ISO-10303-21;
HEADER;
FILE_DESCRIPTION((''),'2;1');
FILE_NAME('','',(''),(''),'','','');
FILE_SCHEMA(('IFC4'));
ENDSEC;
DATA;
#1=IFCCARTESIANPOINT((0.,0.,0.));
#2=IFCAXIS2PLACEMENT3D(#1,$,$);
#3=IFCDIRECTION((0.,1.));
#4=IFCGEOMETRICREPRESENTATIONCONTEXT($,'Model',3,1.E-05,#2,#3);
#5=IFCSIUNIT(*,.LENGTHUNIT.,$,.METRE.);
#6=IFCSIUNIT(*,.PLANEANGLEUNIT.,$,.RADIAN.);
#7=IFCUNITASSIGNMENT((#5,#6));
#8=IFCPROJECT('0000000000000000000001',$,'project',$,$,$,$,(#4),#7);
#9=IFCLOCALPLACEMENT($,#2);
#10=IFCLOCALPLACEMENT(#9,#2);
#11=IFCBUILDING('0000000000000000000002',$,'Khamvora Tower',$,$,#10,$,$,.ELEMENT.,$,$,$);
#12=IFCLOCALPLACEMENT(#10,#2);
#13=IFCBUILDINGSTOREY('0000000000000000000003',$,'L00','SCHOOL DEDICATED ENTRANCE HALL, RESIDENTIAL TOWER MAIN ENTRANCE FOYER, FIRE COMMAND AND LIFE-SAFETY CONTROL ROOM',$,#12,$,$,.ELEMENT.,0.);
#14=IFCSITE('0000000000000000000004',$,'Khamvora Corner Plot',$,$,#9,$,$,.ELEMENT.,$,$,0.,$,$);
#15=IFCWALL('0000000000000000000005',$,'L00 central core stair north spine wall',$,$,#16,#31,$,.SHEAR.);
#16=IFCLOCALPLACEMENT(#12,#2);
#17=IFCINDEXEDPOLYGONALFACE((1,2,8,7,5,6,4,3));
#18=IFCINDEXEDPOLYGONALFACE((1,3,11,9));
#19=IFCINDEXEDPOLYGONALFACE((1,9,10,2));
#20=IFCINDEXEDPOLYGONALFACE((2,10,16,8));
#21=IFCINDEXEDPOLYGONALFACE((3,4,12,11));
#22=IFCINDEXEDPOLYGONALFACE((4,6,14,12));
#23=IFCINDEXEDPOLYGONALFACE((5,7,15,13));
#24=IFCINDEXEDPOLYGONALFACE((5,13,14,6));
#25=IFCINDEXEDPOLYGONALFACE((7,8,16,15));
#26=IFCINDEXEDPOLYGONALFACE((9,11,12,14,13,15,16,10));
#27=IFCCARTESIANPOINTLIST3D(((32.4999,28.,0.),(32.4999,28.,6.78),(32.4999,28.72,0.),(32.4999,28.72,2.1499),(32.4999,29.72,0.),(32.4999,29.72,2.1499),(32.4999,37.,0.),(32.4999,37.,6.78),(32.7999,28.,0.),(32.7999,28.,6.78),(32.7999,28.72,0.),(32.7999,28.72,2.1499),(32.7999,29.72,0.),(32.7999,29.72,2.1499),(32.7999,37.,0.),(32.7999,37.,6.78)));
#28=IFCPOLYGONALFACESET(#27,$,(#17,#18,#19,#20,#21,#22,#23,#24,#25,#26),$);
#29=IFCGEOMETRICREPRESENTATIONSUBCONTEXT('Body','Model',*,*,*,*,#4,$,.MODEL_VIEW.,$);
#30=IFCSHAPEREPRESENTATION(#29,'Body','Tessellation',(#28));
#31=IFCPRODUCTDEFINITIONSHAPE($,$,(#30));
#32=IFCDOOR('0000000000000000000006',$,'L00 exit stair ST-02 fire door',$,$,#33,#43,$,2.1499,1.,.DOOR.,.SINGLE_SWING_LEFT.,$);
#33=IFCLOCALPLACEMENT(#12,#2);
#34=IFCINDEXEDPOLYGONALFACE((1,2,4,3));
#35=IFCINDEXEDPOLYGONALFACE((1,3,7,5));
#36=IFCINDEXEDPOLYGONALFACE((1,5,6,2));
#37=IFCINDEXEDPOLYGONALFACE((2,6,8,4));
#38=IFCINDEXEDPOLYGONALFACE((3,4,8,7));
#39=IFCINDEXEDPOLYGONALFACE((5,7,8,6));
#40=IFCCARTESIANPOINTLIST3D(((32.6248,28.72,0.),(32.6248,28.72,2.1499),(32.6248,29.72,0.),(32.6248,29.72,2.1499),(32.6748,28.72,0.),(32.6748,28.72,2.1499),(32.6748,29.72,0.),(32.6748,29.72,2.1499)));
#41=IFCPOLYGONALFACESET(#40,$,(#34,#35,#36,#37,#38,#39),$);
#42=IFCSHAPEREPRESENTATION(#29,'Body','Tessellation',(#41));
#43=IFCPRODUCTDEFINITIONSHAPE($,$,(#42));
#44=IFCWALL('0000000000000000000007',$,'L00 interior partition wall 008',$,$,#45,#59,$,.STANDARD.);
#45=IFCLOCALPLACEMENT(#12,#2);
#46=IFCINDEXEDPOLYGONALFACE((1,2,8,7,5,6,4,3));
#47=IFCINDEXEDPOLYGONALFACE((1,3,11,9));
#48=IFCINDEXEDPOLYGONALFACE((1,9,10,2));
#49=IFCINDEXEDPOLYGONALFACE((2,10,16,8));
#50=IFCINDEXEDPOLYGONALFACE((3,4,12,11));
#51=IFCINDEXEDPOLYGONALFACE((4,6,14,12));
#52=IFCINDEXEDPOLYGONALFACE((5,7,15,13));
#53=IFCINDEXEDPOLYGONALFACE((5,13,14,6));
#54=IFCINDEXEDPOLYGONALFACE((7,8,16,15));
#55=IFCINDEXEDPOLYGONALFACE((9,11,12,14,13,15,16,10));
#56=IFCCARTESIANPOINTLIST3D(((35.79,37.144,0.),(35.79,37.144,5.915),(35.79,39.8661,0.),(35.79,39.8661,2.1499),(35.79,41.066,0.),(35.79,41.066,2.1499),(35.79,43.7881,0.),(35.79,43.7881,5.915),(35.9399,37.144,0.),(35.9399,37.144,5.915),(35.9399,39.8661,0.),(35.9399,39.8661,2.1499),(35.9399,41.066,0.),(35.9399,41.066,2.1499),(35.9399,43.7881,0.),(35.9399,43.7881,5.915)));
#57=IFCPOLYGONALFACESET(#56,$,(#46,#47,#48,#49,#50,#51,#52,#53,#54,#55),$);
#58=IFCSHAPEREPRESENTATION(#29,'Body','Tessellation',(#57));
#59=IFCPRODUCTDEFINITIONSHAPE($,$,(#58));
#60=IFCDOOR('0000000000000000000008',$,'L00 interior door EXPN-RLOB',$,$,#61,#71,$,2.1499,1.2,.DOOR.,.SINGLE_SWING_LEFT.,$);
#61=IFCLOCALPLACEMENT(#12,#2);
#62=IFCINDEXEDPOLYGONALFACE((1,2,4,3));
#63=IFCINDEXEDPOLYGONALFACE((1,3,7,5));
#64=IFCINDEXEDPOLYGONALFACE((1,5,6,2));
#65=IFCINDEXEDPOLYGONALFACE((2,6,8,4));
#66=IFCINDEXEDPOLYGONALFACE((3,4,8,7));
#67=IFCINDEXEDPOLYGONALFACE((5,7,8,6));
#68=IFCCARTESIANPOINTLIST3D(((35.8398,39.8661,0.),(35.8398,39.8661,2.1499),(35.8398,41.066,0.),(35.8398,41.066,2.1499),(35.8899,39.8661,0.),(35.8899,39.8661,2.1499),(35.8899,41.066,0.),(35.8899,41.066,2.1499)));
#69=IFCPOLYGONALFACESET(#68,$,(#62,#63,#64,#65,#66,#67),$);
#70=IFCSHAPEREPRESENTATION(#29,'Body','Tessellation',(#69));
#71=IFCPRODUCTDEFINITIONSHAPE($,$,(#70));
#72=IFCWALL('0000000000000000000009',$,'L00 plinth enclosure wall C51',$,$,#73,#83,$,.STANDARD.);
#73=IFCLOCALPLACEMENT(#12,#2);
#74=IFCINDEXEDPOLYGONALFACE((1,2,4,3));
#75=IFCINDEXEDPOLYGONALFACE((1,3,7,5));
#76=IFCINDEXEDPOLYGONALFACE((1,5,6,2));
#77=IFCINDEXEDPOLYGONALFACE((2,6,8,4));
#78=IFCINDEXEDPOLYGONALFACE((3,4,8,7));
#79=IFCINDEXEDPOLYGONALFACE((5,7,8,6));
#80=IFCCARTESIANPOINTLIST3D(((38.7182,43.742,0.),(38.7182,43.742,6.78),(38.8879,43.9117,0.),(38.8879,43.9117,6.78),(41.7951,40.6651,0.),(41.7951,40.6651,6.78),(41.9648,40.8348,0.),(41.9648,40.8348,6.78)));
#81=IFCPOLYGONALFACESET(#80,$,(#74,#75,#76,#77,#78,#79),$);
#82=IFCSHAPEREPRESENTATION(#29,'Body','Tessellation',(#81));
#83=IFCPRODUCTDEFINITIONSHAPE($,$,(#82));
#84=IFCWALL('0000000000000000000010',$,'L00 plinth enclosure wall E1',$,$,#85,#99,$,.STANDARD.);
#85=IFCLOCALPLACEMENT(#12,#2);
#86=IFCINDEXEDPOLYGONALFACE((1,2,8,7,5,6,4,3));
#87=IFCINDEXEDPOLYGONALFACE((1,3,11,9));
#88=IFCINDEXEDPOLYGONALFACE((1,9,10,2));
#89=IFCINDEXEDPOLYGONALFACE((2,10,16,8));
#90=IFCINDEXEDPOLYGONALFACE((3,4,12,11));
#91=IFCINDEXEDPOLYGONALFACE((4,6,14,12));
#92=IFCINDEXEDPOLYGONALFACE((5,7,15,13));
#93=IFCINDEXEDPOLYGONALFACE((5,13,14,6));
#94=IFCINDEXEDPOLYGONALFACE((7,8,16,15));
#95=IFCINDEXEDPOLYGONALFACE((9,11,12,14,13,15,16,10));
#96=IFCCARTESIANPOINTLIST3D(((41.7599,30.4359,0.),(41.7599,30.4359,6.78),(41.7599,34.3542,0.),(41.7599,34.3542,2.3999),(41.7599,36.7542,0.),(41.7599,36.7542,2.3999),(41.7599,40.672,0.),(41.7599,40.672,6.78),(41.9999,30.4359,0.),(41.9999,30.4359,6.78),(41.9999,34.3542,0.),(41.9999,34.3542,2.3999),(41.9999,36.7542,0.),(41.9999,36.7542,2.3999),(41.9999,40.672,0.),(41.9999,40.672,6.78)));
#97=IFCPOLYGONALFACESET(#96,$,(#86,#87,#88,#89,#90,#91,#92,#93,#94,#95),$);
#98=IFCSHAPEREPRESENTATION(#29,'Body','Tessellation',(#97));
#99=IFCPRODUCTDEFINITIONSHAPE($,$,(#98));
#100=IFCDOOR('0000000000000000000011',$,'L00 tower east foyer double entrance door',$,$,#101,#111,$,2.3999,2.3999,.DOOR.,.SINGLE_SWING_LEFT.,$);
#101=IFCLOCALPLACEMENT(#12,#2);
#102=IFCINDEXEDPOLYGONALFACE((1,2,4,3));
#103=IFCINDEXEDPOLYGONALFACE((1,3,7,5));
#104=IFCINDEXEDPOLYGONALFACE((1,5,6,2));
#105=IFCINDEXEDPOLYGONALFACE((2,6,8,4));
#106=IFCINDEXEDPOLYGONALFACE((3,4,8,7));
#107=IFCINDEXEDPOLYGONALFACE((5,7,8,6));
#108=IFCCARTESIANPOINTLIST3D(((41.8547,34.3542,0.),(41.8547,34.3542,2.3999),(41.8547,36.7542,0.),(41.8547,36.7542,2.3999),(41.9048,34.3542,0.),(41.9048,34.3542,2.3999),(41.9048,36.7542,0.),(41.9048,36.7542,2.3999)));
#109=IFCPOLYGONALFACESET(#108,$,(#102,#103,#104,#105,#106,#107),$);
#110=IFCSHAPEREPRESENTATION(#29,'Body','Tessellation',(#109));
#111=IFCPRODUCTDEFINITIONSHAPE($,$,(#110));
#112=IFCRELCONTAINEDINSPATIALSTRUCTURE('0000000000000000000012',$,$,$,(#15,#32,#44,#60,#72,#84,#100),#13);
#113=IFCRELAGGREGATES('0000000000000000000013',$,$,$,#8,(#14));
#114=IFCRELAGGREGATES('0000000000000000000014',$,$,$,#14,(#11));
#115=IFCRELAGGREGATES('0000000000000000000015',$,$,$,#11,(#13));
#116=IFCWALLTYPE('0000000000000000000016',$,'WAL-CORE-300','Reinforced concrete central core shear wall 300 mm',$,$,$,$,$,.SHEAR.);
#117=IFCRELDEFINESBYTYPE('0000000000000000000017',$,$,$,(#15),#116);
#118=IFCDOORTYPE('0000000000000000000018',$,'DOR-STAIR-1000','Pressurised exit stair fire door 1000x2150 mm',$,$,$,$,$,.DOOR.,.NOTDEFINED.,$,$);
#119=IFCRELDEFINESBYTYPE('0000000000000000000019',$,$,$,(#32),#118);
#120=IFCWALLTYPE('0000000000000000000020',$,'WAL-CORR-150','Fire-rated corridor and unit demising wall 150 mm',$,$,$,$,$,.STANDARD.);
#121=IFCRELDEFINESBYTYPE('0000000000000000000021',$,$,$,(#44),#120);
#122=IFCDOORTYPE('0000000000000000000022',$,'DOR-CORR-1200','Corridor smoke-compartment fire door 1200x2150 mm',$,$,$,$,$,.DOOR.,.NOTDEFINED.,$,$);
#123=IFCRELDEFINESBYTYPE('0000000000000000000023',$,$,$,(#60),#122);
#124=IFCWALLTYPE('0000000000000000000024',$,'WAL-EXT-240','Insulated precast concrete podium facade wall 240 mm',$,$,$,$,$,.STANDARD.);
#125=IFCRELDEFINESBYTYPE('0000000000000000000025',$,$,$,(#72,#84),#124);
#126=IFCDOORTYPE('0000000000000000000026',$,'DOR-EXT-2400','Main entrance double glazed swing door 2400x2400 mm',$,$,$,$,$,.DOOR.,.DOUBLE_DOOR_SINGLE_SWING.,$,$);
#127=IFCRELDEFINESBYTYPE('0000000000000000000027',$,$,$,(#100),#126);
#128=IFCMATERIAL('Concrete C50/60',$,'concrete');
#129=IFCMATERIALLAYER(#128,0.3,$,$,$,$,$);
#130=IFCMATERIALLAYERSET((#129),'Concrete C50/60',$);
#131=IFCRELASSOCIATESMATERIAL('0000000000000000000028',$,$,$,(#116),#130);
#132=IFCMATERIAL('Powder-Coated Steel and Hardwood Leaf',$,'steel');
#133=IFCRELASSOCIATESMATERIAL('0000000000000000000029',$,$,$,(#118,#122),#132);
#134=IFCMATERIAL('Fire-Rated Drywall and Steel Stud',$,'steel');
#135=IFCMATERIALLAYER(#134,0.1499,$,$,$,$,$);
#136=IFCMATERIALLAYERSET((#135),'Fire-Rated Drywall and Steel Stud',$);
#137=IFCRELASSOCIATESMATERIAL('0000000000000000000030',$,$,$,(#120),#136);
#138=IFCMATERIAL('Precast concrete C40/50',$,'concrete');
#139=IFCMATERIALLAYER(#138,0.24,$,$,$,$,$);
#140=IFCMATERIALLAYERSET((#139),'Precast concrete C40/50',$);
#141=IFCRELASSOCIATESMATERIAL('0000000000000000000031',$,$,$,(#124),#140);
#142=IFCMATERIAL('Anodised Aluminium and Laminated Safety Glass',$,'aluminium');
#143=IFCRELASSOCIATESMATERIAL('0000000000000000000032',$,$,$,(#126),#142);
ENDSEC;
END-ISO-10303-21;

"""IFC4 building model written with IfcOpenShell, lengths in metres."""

from ifc_helpers import new_model, si_unit, direction, frame, frame_2d, origin, place, context, subcontext, project, spatial, rectangle, extrude, material, layer, layer_set, type_object, element, fill, save


model = new_model("IFC4")

# Units and contexts
model_context = context("Model", 3, precision=1e-05, world=origin(), true_north=direction((0.0, 1.0)))
body_context = subcontext(model_context, "Body", "Model", "MODEL_VIEW")
ifc_project = project(units=[si_unit("LENGTHUNIT", "METRE"), si_unit("PLANEANGLEUNIT", "RADIAN")], contexts=[model_context])

# Site, building, storey
site_placement = place(None, origin())
site = spatial("IfcSite", under=ifc_project, at=site_placement, Name="Khamvora Corner Plot", CompositionType="ELEMENT", RefElevation=0.0)
building_placement = place(site_placement, origin())
building = spatial("IfcBuilding", under=site, at=building_placement, Name="Khamvora Tower", CompositionType="ELEMENT")
storey_placement = place(building_placement, origin())
storey = spatial("IfcBuildingStorey", under=building, at=storey_placement, Name="L00", Description="SCHOOL DEDICATED ENTRANCE HALL, RESIDENTIAL TOWER MAIN ENTRANCE FOYER, FIRE COMMAND AND LIFE-SAFETY CONTROL ROOM", CompositionType="ELEMENT", Elevation=0.0)

# Walls, openings, doors
ifc_material_1 = material(Name="Concrete C50/60", Category="concrete")
ifc_layer_1 = layer(ifc_material_1, 0.3)
ifc_layer_set_1 = layer_set([ifc_layer_1], Name="Concrete C50/60")
wall_type_1 = type_object("IfcWallType", Name="WAL-CORE-300", Description="Reinforced concrete central core shear wall 300 mm", PredefinedType="SHEAR", material=ifc_layer_set_1)
wall_1_placement = place(storey_placement, frame((32.6499, 37.0, 0.0), z_axis=(0.0, 0.0, 1.0), x_axis=(0.0, -1.0, 0.0)))
wall_1 = element("IfcWall", 1, at=wall_1_placement, inside=storey, type_object=wall_type_1, Name="L00 central core stair north spine wall", PredefinedType="SHEAR", context=body_context, shape_type="SweptSolid", body=[
    extrude(rectangle(XDim=9.0, YDim=0.3, at=frame_2d((4.5, 0.0))), origin(), (0.0, 0.0, 1.0), 6.78),
])
opening_1_placement = place(wall_1_placement, frame((7.28, 0.0, 0.0)))
opening_1 = element("IfcOpeningElement", 2, at=opening_1_placement, cuts=wall_1, PredefinedType="OPENING", context=body_context, shape_type="SweptSolid", body=[
    extrude(rectangle(XDim=1.0, YDim=2.1499, at=frame_2d((0.5, 1.075))), frame((0.0, 0.1599, 0.0), z_axis=(0.0, -1.0, 0.0), x_axis=(1.0, 0.0, 0.0)), (0.0, 0.0, 1.0), 0.3201),
])
ifc_material_2 = material(Name="Powder-Coated Steel and Hardwood Leaf", Category="steel")
door_type_1 = type_object("IfcDoorType", Name="DOR-STAIR-1000", Description="Pressurised exit stair fire door 1000x2150 mm", OperationType="NOTDEFINED", PredefinedType="DOOR", material=ifc_material_2)
door_1_placement = place(opening_1_placement, origin())
door_1 = element("IfcDoor", 3, at=door_1_placement, inside=storey, type_object=door_type_1, Name="L00 exit stair ST-02 fire door", OperationType="SINGLE_SWING_LEFT", OverallHeight=2.1499, OverallWidth=1.0, PredefinedType="DOOR", context=body_context, shape_type="SweptSolid", body=[
    extrude(rectangle(XDim=1.0, YDim=2.1499, at=frame_2d((0.5, 1.075))), frame((0.0, 0.0249, 0.0), z_axis=(0.0, -1.0, 0.0), x_axis=(1.0, 0.0, 0.0)), (0.0, 0.0, 1.0), 0.05),
])
fill(opening_1, door_1)
ifc_material_3 = material(Name="Fire-Rated Drywall and Steel Stud", Category="steel")
ifc_layer_2 = layer(ifc_material_3, 0.1499)
ifc_layer_set_2 = layer_set([ifc_layer_2], Name="Fire-Rated Drywall and Steel Stud")
wall_type_2 = type_object("IfcWallType", Name="WAL-CORR-150", Description="Fire-rated corridor and unit demising wall 150 mm", PredefinedType="STANDARD", material=ifc_layer_set_2)
wall_2_placement = place(storey_placement, frame((35.865, 43.7881, 0.0), z_axis=(0.0, 0.0, 1.0), x_axis=(0.0, -1.0, 0.0)))
wall_2 = element("IfcWall", 4, at=wall_2_placement, inside=storey, type_object=wall_type_2, Name="L00 interior partition wall 008", PredefinedType="STANDARD", context=body_context, shape_type="SweptSolid", body=[
    extrude(rectangle(XDim=6.644, YDim=0.1499, at=frame_2d((3.322, 0.0))), origin(), (0.0, 0.0, 1.0), 5.915),
])
opening_2_placement = place(wall_2_placement, frame((2.7219, 0.0, 0.0)))
opening_2 = element("IfcOpeningElement", 5, at=opening_2_placement, cuts=wall_2, PredefinedType="OPENING", context=body_context, shape_type="SweptSolid", body=[
    extrude(rectangle(XDim=1.2, YDim=2.1499, at=frame_2d((0.6001, 1.075))), frame((0.0, 0.085, 0.0), z_axis=(0.0, -1.0, 0.0), x_axis=(1.0, 0.0, 0.0)), (0.0, 0.0, 1.0), 0.1699),
])
door_type_2 = type_object("IfcDoorType", Name="DOR-CORR-1200", Description="Corridor smoke-compartment fire door 1200x2150 mm", OperationType="NOTDEFINED", PredefinedType="DOOR", material=ifc_material_2)
door_2_placement = place(opening_2_placement, origin())
door_2 = element("IfcDoor", 6, at=door_2_placement, inside=storey, type_object=door_type_2, Name="L00 interior door EXPN-RLOB", OperationType="SINGLE_SWING_LEFT", OverallHeight=2.1499, OverallWidth=1.2, PredefinedType="DOOR", context=body_context, shape_type="SweptSolid", body=[
    extrude(rectangle(XDim=1.2, YDim=2.1499, at=frame_2d((0.6001, 1.075))), frame((0.0, 0.0249, 0.0), z_axis=(0.0, -1.0, 0.0), x_axis=(1.0, 0.0, 0.0)), (0.0, 0.0, 1.0), 0.05),
])
fill(opening_2, door_2)

# Wall
ifc_material_4 = material(Name="Precast concrete C40/50", Category="concrete")
ifc_layer_3 = layer(ifc_material_4, 0.24)
ifc_layer_set_3 = layer_set([ifc_layer_3], Name="Precast concrete C40/50")
wall_type_3 = type_object("IfcWallType", Name="WAL-EXT-240", Description="Insulated precast concrete podium facade wall 240 mm", PredefinedType="STANDARD", material=ifc_layer_set_3)
wall_3_placement = place(storey_placement, frame((38.803, 43.8269, 0.0), z_axis=(0.0, 0.0, 1.0), x_axis=(0.707107, -0.707107, 0.0)))
element("IfcWall", 7, at=wall_3_placement, inside=storey, type_object=wall_type_3, Name="L00 plinth enclosure wall C51", PredefinedType="STANDARD", context=body_context, shape_type="SweptSolid", body=[
    extrude(rectangle(XDim=4.3513, YDim=0.24, at=frame_2d((2.1758, 0.0))), origin(), (0.0, 0.0, 1.0), 6.78),
])

# Wall, opening, door
wall_4_placement = place(storey_placement, frame((41.8799, 40.6721, 0.0), z_axis=(0.0, 0.0, 1.0), x_axis=(0.0, -1.0, 0.0)))
wall_4 = element("IfcWall", 8, at=wall_4_placement, inside=storey, type_object=wall_type_3, Name="L00 plinth enclosure wall E1", PredefinedType="STANDARD", context=body_context, shape_type="SweptSolid", body=[
    extrude(rectangle(XDim=10.2361, YDim=0.24, at=frame_2d((5.1182, 0.0))), origin(), (0.0, 0.0, 1.0), 6.78),
])
opening_3_placement = place(wall_4_placement, frame((3.918, 0.0, 0.0)))
opening_3 = element("IfcOpeningElement", 9, at=opening_3_placement, cuts=wall_4, PredefinedType="OPENING", context=body_context, shape_type="SweptSolid", body=[
    extrude(rectangle(XDim=2.3999, YDim=2.3999, at=frame_2d((1.2, 1.2))), frame((0.0, 0.1299, 0.0), z_axis=(0.0, -1.0, 0.0), x_axis=(1.0, 0.0, 0.0)), (0.0, 0.0, 1.0), 0.26),
])
ifc_material_5 = material(Name="Anodised Aluminium and Laminated Safety Glass", Category="aluminium")
door_type_3 = type_object("IfcDoorType", Name="DOR-EXT-2400", Description="Main entrance double glazed swing door 2400x2400 mm", OperationType="DOUBLE_DOOR_SINGLE_SWING", PredefinedType="DOOR", material=ifc_material_5)
door_3_placement = place(opening_3_placement, origin())
door_3 = element("IfcDoor", 10, at=door_3_placement, inside=storey, type_object=door_type_3, Name="L00 tower east foyer double entrance door", OperationType="SINGLE_SWING_LEFT", OverallHeight=2.3999, OverallWidth=2.3999, PredefinedType="DOOR", context=body_context, shape_type="SweptSolid", body=[
    extrude(rectangle(XDim=2.3999, YDim=2.3999, at=frame_2d((1.2, 1.2))), frame((0.0, 0.0249, 0.0), z_axis=(0.0, -1.0, 0.0), x_axis=(1.0, 0.0, 0.0)), (0.0, 0.0, 1.0), 0.05),
])
fill(opening_3, door_3)

save(model, "model.ifc")
